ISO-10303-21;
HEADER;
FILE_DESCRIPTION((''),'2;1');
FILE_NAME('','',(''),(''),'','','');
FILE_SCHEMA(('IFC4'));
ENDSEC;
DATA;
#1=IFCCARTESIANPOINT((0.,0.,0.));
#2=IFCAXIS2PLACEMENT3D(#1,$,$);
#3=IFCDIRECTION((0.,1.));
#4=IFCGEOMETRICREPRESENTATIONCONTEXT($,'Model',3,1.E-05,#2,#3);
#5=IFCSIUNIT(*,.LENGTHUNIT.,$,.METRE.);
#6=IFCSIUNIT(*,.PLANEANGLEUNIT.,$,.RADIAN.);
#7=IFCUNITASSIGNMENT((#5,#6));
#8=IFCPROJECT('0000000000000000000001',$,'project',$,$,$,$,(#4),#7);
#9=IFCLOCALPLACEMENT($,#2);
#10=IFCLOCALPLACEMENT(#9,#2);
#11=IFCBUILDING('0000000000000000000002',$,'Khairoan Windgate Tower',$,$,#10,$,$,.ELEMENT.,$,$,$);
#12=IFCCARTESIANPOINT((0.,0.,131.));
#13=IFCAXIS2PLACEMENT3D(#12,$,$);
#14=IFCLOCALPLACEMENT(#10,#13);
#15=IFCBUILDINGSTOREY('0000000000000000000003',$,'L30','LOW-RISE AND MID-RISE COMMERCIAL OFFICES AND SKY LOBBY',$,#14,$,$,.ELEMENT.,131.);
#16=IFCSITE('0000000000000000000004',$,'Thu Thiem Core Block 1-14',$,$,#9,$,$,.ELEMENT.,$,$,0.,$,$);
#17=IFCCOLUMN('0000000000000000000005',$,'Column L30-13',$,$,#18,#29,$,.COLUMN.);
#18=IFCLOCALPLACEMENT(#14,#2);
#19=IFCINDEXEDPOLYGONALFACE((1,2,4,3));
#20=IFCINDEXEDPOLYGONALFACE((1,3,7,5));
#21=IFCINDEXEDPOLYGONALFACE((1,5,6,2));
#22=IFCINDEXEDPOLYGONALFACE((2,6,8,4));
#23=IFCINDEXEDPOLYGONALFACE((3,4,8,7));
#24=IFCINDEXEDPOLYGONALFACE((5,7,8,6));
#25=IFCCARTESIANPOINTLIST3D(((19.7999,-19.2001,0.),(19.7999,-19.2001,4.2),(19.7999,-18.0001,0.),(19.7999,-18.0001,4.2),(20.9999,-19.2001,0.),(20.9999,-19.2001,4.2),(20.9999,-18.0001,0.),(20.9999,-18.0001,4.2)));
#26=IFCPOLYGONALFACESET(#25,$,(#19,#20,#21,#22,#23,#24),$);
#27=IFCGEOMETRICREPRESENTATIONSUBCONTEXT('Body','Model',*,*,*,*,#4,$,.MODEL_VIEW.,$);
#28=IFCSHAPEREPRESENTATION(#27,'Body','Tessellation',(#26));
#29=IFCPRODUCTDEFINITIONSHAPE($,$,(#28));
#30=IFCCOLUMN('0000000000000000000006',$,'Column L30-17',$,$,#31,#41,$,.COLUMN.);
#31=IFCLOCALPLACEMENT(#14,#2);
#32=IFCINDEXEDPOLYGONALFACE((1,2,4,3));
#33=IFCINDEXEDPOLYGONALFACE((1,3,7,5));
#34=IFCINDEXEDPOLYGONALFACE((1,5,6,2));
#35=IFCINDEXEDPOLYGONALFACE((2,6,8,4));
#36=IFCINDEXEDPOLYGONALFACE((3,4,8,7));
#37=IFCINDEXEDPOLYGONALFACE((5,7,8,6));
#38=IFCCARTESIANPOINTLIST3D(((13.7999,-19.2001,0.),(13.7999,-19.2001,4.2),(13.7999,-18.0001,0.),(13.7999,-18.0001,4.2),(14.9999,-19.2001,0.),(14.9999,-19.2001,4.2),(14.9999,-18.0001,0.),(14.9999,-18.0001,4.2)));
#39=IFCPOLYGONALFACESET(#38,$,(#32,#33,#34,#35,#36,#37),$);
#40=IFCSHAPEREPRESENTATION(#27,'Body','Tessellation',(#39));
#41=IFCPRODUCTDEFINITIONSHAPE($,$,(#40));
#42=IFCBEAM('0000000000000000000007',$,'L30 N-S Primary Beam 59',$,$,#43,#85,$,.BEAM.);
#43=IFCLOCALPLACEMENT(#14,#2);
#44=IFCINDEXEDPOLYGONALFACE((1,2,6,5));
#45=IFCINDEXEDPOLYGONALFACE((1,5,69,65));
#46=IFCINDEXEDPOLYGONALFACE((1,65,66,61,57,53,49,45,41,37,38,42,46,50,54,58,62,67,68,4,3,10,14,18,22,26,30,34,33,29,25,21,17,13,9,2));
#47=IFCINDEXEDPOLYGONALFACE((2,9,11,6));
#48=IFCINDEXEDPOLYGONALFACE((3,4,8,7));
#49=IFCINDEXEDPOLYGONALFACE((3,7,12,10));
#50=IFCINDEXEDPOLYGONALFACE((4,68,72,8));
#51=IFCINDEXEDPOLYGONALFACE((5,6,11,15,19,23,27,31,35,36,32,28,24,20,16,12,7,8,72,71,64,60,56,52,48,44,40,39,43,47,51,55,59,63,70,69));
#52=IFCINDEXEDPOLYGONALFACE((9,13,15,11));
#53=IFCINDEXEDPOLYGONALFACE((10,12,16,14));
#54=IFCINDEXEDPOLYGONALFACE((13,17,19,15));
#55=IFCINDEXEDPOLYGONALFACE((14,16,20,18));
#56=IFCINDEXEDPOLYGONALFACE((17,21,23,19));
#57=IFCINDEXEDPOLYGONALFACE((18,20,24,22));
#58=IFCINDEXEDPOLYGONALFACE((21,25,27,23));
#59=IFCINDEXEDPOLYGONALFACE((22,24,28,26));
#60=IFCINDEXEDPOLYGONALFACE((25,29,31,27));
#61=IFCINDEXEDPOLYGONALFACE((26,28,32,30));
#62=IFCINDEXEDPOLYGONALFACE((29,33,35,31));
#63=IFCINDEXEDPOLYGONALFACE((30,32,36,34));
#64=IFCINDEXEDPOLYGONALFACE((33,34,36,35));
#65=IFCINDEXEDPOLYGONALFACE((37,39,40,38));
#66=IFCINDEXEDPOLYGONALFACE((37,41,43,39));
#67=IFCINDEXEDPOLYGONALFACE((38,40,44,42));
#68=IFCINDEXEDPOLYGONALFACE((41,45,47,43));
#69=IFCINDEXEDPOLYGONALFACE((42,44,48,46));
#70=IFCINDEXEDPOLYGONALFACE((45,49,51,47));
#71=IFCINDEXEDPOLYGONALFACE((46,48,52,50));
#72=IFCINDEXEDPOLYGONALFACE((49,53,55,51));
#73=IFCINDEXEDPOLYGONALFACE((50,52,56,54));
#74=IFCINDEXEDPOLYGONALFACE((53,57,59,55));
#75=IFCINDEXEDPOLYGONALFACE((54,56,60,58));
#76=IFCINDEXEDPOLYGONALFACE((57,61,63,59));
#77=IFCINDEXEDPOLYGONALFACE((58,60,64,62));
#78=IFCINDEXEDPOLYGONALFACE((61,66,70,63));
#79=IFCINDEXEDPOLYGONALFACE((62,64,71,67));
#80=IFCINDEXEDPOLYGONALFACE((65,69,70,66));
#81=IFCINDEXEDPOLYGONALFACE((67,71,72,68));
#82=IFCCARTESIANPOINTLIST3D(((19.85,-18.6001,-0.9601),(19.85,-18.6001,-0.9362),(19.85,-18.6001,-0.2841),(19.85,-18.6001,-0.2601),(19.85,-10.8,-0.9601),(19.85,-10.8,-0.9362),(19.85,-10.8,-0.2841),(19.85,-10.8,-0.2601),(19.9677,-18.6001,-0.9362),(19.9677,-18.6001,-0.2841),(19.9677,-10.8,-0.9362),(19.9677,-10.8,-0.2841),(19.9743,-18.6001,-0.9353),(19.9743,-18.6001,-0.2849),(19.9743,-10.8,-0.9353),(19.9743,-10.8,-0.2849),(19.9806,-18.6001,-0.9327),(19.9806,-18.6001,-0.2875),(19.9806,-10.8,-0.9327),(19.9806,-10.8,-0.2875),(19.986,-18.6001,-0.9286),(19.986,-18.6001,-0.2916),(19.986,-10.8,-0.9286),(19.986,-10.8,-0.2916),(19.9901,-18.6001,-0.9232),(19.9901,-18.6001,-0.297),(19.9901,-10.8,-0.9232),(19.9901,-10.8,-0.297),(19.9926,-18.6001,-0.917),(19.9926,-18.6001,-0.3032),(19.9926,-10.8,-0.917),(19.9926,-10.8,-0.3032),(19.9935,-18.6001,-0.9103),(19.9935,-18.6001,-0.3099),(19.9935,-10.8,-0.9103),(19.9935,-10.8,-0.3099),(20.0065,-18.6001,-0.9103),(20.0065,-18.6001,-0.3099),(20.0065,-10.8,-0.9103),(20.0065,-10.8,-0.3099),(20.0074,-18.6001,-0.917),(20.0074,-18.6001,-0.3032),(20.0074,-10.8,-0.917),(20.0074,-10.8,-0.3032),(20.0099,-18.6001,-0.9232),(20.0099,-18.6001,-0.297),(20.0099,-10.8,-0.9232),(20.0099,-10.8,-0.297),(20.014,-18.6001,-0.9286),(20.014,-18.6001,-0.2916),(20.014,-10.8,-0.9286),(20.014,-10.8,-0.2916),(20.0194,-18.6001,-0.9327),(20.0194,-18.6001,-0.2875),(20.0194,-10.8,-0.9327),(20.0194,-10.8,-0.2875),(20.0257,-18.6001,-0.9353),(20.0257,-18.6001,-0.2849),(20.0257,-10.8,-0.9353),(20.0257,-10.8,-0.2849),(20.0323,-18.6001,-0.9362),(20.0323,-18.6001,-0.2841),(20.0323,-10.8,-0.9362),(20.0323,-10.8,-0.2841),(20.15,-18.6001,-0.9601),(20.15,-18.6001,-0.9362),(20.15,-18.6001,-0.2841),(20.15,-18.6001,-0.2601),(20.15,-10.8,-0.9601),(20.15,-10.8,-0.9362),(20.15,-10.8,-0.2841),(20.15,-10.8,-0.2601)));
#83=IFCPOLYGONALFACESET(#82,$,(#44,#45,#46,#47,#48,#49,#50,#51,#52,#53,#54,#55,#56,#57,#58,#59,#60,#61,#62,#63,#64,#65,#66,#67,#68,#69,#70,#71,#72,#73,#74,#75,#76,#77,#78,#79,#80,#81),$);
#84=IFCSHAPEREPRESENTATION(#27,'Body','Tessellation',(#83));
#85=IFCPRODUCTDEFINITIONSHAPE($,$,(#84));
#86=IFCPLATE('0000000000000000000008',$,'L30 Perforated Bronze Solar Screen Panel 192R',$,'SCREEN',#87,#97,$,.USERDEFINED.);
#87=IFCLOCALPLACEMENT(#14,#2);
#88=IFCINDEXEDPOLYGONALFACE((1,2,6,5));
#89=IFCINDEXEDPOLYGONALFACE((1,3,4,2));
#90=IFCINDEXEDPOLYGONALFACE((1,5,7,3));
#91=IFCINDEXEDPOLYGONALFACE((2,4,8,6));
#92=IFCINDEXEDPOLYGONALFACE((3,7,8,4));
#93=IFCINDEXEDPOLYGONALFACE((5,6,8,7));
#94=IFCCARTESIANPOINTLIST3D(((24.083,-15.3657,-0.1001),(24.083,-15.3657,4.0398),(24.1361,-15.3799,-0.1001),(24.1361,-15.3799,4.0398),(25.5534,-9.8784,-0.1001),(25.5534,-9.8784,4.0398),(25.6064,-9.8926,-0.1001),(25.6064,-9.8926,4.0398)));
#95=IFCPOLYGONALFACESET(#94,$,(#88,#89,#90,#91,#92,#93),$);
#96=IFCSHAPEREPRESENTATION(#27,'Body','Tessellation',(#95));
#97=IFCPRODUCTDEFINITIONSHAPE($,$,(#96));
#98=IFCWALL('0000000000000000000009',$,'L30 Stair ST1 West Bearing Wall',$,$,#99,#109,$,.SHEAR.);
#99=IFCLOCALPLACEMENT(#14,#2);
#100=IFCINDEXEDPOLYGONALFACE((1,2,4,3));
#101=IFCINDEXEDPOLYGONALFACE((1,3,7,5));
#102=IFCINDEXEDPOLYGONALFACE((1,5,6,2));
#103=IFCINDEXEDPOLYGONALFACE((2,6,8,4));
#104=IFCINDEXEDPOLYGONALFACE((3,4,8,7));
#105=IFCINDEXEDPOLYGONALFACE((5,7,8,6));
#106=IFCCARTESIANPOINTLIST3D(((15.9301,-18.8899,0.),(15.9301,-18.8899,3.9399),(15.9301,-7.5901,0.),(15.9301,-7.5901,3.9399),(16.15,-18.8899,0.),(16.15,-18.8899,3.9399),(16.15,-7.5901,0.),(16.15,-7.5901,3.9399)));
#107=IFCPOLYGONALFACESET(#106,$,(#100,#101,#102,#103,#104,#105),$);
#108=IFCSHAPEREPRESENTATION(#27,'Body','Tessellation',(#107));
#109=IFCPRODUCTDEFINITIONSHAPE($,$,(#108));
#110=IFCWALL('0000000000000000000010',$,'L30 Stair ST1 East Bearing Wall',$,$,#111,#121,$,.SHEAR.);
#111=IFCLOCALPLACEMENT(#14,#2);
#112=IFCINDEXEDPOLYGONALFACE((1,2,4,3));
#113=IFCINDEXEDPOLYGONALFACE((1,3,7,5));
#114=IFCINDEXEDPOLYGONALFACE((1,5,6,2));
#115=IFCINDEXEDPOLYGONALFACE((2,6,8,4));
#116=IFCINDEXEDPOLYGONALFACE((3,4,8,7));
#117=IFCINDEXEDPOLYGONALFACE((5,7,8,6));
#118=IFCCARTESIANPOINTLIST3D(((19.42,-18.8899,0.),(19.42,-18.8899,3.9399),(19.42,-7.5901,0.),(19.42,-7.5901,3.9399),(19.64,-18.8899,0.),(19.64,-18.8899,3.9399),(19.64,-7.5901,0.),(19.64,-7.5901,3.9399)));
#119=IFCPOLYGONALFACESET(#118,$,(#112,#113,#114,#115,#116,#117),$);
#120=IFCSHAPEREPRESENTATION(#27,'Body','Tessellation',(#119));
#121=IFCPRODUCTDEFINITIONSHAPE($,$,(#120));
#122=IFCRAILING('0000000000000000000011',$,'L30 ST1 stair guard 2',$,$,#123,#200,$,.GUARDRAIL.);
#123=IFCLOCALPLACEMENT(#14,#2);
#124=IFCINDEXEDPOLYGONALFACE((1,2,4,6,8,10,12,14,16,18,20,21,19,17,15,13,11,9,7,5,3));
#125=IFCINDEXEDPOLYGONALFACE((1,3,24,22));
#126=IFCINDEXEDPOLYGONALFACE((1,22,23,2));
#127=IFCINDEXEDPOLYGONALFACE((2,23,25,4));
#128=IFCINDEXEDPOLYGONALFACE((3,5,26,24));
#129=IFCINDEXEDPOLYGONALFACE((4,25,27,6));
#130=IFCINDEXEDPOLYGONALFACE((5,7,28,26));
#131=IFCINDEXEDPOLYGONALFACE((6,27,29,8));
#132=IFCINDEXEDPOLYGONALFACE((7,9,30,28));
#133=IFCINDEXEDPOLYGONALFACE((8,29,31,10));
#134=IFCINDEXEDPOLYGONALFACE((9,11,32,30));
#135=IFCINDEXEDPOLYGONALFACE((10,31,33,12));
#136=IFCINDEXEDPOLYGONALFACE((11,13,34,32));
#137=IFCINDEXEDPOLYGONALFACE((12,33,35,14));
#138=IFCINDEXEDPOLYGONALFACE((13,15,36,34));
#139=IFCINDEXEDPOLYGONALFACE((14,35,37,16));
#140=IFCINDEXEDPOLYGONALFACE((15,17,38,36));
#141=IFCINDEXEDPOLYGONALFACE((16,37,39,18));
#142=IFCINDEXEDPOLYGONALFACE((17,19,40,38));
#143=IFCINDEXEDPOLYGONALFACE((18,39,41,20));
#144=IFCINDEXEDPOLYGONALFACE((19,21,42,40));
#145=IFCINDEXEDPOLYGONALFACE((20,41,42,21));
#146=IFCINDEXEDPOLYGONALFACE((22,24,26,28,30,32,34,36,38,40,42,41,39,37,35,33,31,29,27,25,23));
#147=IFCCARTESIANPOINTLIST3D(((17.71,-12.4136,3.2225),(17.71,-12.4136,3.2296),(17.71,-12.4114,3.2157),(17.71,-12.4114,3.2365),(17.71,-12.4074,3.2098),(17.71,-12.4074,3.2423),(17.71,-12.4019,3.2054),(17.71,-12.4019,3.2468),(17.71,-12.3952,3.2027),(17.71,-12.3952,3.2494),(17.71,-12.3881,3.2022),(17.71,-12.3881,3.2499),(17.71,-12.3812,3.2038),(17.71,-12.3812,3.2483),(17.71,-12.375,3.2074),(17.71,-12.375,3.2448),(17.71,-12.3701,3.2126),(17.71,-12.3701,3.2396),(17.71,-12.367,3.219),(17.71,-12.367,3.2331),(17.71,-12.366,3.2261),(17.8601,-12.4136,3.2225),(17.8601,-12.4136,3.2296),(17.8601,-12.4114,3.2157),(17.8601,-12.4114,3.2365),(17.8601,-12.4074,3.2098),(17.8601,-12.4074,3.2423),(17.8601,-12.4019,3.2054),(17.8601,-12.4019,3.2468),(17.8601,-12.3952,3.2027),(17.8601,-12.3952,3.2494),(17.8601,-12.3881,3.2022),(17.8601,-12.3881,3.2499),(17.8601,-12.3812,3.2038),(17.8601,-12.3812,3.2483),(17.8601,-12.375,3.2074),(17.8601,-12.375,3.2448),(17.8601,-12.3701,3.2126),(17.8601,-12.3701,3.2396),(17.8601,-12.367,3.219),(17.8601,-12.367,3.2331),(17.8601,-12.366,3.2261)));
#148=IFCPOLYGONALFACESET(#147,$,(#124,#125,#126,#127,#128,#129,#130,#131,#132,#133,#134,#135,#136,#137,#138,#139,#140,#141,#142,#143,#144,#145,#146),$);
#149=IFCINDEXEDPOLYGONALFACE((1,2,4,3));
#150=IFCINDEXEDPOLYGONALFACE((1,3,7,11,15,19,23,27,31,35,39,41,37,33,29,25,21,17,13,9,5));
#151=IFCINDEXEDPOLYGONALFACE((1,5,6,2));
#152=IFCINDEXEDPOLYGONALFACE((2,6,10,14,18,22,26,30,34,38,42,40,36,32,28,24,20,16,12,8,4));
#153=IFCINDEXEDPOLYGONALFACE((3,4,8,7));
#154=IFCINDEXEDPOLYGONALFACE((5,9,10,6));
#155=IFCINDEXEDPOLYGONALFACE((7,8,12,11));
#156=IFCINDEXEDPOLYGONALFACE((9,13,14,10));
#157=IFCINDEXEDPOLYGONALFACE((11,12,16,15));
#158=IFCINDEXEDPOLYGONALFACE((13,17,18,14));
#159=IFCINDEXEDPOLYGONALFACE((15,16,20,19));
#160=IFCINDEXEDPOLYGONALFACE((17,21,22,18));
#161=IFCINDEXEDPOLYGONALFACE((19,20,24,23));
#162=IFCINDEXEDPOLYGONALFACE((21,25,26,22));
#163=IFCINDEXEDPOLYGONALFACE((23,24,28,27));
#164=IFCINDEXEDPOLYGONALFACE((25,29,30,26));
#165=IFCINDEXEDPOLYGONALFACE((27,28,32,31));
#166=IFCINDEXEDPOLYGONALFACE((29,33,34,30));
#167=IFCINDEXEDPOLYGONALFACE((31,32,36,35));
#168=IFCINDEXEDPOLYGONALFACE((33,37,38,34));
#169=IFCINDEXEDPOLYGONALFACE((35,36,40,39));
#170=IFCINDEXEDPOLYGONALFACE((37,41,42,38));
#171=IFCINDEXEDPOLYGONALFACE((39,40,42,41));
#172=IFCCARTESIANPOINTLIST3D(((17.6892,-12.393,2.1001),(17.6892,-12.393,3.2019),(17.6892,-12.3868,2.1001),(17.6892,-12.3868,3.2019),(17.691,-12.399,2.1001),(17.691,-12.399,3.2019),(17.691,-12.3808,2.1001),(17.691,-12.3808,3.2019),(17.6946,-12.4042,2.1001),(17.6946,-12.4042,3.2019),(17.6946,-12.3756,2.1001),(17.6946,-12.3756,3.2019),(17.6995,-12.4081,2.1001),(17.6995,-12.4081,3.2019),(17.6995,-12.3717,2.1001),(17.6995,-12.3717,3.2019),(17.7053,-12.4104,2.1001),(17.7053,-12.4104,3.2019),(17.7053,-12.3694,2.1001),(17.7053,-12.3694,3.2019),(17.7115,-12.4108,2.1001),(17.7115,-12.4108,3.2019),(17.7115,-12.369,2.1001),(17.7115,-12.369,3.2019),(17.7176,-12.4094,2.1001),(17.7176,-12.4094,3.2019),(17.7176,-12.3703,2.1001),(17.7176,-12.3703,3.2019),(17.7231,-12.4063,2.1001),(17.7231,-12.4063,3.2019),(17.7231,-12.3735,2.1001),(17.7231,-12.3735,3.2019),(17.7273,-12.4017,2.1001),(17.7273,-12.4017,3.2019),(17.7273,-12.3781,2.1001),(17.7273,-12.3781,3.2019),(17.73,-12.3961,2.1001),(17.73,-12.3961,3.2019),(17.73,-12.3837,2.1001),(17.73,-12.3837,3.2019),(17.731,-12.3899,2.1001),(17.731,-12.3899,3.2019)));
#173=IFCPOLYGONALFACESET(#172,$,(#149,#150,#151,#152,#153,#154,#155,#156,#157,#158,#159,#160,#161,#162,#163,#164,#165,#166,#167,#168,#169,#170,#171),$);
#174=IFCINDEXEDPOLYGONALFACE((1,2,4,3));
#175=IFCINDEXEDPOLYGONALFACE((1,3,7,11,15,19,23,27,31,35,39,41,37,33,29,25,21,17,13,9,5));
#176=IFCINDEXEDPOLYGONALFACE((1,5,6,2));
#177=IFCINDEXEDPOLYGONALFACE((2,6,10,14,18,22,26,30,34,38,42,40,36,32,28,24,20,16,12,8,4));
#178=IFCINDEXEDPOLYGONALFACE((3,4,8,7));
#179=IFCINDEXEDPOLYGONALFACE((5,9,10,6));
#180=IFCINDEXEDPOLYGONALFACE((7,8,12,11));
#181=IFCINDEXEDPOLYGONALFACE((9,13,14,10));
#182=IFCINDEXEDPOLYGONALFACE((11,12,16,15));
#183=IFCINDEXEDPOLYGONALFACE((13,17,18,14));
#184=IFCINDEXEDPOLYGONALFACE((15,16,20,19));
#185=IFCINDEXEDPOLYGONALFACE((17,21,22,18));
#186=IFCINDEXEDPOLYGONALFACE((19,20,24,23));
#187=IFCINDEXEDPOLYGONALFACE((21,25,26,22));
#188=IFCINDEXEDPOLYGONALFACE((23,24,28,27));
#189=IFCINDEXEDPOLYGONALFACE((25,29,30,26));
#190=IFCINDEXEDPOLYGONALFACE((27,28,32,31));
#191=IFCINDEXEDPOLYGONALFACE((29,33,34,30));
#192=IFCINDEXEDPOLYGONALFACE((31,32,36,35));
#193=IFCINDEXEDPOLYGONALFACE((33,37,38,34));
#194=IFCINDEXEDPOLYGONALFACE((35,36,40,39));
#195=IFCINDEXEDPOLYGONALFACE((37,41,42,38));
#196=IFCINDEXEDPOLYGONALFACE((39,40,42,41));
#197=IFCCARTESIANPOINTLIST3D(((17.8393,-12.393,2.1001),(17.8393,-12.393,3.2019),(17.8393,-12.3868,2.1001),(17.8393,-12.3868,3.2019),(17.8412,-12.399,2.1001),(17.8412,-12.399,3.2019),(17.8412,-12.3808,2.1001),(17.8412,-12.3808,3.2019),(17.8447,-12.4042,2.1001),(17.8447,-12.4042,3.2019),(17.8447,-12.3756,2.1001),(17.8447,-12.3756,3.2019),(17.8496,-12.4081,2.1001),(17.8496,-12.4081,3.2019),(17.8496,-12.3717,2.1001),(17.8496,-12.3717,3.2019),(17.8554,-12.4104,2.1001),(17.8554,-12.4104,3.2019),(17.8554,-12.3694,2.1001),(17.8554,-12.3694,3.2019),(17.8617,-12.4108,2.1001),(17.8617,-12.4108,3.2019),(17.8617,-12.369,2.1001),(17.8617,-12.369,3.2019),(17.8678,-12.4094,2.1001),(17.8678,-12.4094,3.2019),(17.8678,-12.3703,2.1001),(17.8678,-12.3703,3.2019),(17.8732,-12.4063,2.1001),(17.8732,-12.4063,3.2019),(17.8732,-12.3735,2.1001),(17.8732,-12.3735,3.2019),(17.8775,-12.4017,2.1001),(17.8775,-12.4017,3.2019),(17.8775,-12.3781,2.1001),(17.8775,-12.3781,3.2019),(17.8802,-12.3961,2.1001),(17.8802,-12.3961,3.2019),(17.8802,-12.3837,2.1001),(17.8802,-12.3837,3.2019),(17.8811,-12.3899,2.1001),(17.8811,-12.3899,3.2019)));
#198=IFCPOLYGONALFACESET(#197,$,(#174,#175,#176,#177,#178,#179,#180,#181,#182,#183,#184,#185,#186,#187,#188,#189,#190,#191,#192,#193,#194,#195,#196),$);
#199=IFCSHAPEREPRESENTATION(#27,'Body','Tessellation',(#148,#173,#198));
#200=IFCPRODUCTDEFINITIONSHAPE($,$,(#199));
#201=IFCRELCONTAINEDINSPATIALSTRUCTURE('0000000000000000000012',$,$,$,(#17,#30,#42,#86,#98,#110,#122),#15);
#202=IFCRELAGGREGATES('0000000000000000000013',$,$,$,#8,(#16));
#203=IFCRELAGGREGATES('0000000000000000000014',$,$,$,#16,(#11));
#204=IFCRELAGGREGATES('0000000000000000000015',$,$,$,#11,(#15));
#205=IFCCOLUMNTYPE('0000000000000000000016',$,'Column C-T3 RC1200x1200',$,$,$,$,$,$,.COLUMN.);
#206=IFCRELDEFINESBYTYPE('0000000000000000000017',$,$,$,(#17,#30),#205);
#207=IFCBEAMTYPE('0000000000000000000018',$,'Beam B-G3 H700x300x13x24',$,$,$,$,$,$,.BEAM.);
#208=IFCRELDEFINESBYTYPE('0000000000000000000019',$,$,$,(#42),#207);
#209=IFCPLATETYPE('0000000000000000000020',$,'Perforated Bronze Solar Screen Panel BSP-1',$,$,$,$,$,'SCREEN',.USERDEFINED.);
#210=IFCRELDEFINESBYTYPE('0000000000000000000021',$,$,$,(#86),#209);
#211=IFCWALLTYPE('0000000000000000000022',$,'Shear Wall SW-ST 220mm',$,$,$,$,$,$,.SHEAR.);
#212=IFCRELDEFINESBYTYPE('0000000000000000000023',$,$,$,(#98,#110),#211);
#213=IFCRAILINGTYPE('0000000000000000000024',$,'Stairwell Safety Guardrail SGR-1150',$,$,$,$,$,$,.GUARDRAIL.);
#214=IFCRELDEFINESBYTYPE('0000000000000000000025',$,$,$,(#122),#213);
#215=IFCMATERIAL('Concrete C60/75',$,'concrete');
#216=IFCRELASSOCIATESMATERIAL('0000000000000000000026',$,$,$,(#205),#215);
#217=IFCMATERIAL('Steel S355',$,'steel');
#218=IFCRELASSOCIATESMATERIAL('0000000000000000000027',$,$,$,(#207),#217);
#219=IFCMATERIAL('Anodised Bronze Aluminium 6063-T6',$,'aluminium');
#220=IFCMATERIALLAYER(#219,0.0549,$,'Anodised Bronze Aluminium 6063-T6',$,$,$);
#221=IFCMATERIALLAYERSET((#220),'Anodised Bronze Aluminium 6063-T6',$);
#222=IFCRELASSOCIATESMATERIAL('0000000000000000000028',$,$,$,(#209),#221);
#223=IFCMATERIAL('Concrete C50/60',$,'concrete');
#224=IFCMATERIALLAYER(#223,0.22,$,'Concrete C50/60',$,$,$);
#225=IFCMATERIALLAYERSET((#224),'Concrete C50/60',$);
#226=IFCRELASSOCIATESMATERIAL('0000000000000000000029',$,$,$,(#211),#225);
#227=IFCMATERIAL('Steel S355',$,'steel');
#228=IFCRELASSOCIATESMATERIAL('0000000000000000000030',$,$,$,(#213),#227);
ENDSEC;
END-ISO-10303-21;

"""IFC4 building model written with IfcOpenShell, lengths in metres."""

from ifc_helpers import new_model, si_unit, direction, frame, frame_2d, origin, origin_2d, place, context, subcontext, project, spatial, rectangle, circle, i_section, extrude, material, layer, layer_set, material_profile, profile_set, type_object, element, save


model = new_model("IFC4")

# Units and contexts
model_context = context("Model", 3, precision=1e-05, world=origin(), true_north=direction((0.0, 1.0)))
body_context = subcontext(model_context, "Body", "Model", "MODEL_VIEW")
ifc_project = project(units=[si_unit("LENGTHUNIT", "METRE"), si_unit("PLANEANGLEUNIT", "RADIAN")], contexts=[model_context])

# Site, building, storey
site_placement = place(None, origin())
site = spatial("IfcSite", under=ifc_project, at=site_placement, Name="Thu Thiem Core Block 1-14", CompositionType="ELEMENT", RefElevation=0.0)
building_placement = place(site_placement, origin())
building = spatial("IfcBuilding", under=site, at=building_placement, Name="Khairoan Windgate Tower", CompositionType="ELEMENT")
storey_placement = place(building_placement, frame((0.0, 0.0, 131.0)))
storey = spatial("IfcBuildingStorey", under=building, at=storey_placement, Name="L30", Description="LOW-RISE AND MID-RISE COMMERCIAL OFFICES AND SKY LOBBY", CompositionType="ELEMENT", Elevation=131.0)

# Columns
ifc_material_1 = material(Name="Concrete C60/75", Category="concrete")
ifc_material_profile_1 = material_profile(ifc_material_1, rectangle(XDim=1.2, YDim=1.2, at=origin_2d()))
ifc_profile_set_1 = profile_set([ifc_material_profile_1], Name="Concrete C60/75")
column_type = type_object("IfcColumnType", Name="Column C-T3 RC1200x1200", PredefinedType="COLUMN", material=ifc_profile_set_1)
for number, where, z_axis, x_axis, name in (
    (1, (20.3999, -18.6001, 0.0), (0.0, 0.0, 1.0), (1.0, 0.0, 0.0), "Column L30-13"),
    (2, (14.3999, -18.6001, 0.0), (0.0, 0.0, 1.0), (1.0, 0.0, 0.0), "Column L30-17"),
):
    element("IfcColumn", number, at=place(storey_placement, frame(where, z_axis=z_axis, x_axis=x_axis)), inside=storey, type_object=column_type, Name=name, PredefinedType="COLUMN", context=body_context, shape_type="SweptSolid", body=[
        extrude(rectangle(XDim=1.2, YDim=1.2, at=origin_2d()), origin(), (0.0, 0.0, 1.0), 4.2),
    ])

# Beam
ifc_material_2 = material(Name="Steel S355", Category="steel")
ifc_material_profile_2 = material_profile(ifc_material_2, i_section(OverallWidth=0.3, OverallDepth=0.7, WebThickness=0.0129, FlangeThickness=0.0239, FilletRadius=0.0259, at=origin_2d()))
ifc_profile_set_2 = profile_set([ifc_material_profile_2], Name="Steel S355")
beam_type = type_object("IfcBeamType", Name="Beam B-G3 H700x300x13x24", PredefinedType="BEAM", material=ifc_profile_set_2)
beam_placement = place(storey_placement, frame((20.0, -18.6001, -0.6101), z_axis=(0.0, 1.0, 0.0), x_axis=(-1.0, 0.0, 0.0)))
element("IfcBeam", 3, at=beam_placement, inside=storey, type_object=beam_type, Name="L30 N-S Primary Beam 59", PredefinedType="BEAM", context=body_context, shape_type="SweptSolid", body=[
    extrude(i_section(OverallWidth=0.3, OverallDepth=0.7, WebThickness=0.0129, FlangeThickness=0.0239, FilletRadius=0.0259, at=origin_2d()), origin(), (0.0, 0.0, 1.0), 7.8),
])

# Plate
ifc_material_3 = material(Name="Anodised Bronze Aluminium 6063-T6", Category="aluminium")
ifc_layer_1 = layer(ifc_material_3, 0.0549, Name="Anodised Bronze Aluminium 6063-T6")
ifc_layer_set_1 = layer_set([ifc_layer_1], Name="Anodised Bronze Aluminium 6063-T6")
plate_type = type_object("IfcPlateType", Name="Perforated Bronze Solar Screen Panel BSP-1", ElementType="SCREEN", PredefinedType="USERDEFINED", material=ifc_layer_set_1)
plate_placement = place(storey_placement, frame((24.8447, -12.6292, -0.1001), z_axis=(0.0, 0.0, 1.0), x_axis=(-0.258819, -0.965926, 0.0)))
element("IfcPlate", 4, at=plate_placement, inside=storey, type_object=plate_type, Name="L30 Perforated Bronze Solar Screen Panel 192R", ObjectType="SCREEN", PredefinedType="USERDEFINED", context=body_context, shape_type="SweptSolid", body=[
    extrude(rectangle(XDim=5.6809, YDim=0.0549, at=origin_2d()), origin(), (0.0, 0.0, 1.0), 4.1399),
])

# Walls
ifc_material_4 = material(Name="Concrete C50/60", Category="concrete")
ifc_layer_2 = layer(ifc_material_4, 0.22, Name="Concrete C50/60")
ifc_layer_set_2 = layer_set([ifc_layer_2], Name="Concrete C50/60")
wall_type = type_object("IfcWallType", Name="Shear Wall SW-ST 220mm", PredefinedType="SHEAR", material=ifc_layer_set_2)
for number, where, z_axis, x_axis, name in (
    (5, (16.04, -18.8899, 0.0), (0.0, 0.0, 1.0), (0.0, 1.0, 0.0), "L30 Stair ST1 West Bearing Wall"),
    (6, (19.53, -18.8899, 0.0), (0.0, 0.0, 1.0), (0.0, 1.0, 0.0), "L30 Stair ST1 East Bearing Wall"),
):
    element("IfcWall", number, at=place(storey_placement, frame(where, z_axis=z_axis, x_axis=x_axis)), inside=storey, type_object=wall_type, Name=name, PredefinedType="SHEAR", context=body_context, shape_type="SweptSolid", body=[
        extrude(rectangle(XDim=11.2998, YDim=0.22, at=frame_2d((5.6499, 0.0))), origin(), (0.0, 0.0, 1.0), 3.9399),
    ])

# Railing
ifc_material_5 = material(Name="Steel S355", Category="steel")
railing_type = type_object("IfcRailingType", Name="Stairwell Safety Guardrail SGR-1150", PredefinedType="GUARDRAIL", material=ifc_material_5)
railing_1_placement = place(storey_placement, frame((17.71, -12.3899, 2.1001)))
element("IfcRailing", 7, at=railing_1_placement, inside=storey, type_object=railing_type, Name="L30 ST1 stair guard 2", PredefinedType="GUARDRAIL", context=body_context, shape_type="SweptSolid", body=[
    extrude(circle(Radius=0.0239, at=origin_2d()), frame((0.0, 0.0, 1.126), z_axis=(1.0, 0.0, 0.0), x_axis=(0.0, 1.0, 0.0)), (0.0, 0.0, 1.0), 0.1501),
    extrude(circle(Radius=0.021, at=origin_2d()), origin(), (0.0, 0.0, 1.0), 1.1018),
    extrude(circle(Radius=0.021, at=origin_2d()), frame((0.1501, 0.0, 0.0)), (0.0, 0.0, 1.0), 1.1018),
])

save(model, "model.ifc")
